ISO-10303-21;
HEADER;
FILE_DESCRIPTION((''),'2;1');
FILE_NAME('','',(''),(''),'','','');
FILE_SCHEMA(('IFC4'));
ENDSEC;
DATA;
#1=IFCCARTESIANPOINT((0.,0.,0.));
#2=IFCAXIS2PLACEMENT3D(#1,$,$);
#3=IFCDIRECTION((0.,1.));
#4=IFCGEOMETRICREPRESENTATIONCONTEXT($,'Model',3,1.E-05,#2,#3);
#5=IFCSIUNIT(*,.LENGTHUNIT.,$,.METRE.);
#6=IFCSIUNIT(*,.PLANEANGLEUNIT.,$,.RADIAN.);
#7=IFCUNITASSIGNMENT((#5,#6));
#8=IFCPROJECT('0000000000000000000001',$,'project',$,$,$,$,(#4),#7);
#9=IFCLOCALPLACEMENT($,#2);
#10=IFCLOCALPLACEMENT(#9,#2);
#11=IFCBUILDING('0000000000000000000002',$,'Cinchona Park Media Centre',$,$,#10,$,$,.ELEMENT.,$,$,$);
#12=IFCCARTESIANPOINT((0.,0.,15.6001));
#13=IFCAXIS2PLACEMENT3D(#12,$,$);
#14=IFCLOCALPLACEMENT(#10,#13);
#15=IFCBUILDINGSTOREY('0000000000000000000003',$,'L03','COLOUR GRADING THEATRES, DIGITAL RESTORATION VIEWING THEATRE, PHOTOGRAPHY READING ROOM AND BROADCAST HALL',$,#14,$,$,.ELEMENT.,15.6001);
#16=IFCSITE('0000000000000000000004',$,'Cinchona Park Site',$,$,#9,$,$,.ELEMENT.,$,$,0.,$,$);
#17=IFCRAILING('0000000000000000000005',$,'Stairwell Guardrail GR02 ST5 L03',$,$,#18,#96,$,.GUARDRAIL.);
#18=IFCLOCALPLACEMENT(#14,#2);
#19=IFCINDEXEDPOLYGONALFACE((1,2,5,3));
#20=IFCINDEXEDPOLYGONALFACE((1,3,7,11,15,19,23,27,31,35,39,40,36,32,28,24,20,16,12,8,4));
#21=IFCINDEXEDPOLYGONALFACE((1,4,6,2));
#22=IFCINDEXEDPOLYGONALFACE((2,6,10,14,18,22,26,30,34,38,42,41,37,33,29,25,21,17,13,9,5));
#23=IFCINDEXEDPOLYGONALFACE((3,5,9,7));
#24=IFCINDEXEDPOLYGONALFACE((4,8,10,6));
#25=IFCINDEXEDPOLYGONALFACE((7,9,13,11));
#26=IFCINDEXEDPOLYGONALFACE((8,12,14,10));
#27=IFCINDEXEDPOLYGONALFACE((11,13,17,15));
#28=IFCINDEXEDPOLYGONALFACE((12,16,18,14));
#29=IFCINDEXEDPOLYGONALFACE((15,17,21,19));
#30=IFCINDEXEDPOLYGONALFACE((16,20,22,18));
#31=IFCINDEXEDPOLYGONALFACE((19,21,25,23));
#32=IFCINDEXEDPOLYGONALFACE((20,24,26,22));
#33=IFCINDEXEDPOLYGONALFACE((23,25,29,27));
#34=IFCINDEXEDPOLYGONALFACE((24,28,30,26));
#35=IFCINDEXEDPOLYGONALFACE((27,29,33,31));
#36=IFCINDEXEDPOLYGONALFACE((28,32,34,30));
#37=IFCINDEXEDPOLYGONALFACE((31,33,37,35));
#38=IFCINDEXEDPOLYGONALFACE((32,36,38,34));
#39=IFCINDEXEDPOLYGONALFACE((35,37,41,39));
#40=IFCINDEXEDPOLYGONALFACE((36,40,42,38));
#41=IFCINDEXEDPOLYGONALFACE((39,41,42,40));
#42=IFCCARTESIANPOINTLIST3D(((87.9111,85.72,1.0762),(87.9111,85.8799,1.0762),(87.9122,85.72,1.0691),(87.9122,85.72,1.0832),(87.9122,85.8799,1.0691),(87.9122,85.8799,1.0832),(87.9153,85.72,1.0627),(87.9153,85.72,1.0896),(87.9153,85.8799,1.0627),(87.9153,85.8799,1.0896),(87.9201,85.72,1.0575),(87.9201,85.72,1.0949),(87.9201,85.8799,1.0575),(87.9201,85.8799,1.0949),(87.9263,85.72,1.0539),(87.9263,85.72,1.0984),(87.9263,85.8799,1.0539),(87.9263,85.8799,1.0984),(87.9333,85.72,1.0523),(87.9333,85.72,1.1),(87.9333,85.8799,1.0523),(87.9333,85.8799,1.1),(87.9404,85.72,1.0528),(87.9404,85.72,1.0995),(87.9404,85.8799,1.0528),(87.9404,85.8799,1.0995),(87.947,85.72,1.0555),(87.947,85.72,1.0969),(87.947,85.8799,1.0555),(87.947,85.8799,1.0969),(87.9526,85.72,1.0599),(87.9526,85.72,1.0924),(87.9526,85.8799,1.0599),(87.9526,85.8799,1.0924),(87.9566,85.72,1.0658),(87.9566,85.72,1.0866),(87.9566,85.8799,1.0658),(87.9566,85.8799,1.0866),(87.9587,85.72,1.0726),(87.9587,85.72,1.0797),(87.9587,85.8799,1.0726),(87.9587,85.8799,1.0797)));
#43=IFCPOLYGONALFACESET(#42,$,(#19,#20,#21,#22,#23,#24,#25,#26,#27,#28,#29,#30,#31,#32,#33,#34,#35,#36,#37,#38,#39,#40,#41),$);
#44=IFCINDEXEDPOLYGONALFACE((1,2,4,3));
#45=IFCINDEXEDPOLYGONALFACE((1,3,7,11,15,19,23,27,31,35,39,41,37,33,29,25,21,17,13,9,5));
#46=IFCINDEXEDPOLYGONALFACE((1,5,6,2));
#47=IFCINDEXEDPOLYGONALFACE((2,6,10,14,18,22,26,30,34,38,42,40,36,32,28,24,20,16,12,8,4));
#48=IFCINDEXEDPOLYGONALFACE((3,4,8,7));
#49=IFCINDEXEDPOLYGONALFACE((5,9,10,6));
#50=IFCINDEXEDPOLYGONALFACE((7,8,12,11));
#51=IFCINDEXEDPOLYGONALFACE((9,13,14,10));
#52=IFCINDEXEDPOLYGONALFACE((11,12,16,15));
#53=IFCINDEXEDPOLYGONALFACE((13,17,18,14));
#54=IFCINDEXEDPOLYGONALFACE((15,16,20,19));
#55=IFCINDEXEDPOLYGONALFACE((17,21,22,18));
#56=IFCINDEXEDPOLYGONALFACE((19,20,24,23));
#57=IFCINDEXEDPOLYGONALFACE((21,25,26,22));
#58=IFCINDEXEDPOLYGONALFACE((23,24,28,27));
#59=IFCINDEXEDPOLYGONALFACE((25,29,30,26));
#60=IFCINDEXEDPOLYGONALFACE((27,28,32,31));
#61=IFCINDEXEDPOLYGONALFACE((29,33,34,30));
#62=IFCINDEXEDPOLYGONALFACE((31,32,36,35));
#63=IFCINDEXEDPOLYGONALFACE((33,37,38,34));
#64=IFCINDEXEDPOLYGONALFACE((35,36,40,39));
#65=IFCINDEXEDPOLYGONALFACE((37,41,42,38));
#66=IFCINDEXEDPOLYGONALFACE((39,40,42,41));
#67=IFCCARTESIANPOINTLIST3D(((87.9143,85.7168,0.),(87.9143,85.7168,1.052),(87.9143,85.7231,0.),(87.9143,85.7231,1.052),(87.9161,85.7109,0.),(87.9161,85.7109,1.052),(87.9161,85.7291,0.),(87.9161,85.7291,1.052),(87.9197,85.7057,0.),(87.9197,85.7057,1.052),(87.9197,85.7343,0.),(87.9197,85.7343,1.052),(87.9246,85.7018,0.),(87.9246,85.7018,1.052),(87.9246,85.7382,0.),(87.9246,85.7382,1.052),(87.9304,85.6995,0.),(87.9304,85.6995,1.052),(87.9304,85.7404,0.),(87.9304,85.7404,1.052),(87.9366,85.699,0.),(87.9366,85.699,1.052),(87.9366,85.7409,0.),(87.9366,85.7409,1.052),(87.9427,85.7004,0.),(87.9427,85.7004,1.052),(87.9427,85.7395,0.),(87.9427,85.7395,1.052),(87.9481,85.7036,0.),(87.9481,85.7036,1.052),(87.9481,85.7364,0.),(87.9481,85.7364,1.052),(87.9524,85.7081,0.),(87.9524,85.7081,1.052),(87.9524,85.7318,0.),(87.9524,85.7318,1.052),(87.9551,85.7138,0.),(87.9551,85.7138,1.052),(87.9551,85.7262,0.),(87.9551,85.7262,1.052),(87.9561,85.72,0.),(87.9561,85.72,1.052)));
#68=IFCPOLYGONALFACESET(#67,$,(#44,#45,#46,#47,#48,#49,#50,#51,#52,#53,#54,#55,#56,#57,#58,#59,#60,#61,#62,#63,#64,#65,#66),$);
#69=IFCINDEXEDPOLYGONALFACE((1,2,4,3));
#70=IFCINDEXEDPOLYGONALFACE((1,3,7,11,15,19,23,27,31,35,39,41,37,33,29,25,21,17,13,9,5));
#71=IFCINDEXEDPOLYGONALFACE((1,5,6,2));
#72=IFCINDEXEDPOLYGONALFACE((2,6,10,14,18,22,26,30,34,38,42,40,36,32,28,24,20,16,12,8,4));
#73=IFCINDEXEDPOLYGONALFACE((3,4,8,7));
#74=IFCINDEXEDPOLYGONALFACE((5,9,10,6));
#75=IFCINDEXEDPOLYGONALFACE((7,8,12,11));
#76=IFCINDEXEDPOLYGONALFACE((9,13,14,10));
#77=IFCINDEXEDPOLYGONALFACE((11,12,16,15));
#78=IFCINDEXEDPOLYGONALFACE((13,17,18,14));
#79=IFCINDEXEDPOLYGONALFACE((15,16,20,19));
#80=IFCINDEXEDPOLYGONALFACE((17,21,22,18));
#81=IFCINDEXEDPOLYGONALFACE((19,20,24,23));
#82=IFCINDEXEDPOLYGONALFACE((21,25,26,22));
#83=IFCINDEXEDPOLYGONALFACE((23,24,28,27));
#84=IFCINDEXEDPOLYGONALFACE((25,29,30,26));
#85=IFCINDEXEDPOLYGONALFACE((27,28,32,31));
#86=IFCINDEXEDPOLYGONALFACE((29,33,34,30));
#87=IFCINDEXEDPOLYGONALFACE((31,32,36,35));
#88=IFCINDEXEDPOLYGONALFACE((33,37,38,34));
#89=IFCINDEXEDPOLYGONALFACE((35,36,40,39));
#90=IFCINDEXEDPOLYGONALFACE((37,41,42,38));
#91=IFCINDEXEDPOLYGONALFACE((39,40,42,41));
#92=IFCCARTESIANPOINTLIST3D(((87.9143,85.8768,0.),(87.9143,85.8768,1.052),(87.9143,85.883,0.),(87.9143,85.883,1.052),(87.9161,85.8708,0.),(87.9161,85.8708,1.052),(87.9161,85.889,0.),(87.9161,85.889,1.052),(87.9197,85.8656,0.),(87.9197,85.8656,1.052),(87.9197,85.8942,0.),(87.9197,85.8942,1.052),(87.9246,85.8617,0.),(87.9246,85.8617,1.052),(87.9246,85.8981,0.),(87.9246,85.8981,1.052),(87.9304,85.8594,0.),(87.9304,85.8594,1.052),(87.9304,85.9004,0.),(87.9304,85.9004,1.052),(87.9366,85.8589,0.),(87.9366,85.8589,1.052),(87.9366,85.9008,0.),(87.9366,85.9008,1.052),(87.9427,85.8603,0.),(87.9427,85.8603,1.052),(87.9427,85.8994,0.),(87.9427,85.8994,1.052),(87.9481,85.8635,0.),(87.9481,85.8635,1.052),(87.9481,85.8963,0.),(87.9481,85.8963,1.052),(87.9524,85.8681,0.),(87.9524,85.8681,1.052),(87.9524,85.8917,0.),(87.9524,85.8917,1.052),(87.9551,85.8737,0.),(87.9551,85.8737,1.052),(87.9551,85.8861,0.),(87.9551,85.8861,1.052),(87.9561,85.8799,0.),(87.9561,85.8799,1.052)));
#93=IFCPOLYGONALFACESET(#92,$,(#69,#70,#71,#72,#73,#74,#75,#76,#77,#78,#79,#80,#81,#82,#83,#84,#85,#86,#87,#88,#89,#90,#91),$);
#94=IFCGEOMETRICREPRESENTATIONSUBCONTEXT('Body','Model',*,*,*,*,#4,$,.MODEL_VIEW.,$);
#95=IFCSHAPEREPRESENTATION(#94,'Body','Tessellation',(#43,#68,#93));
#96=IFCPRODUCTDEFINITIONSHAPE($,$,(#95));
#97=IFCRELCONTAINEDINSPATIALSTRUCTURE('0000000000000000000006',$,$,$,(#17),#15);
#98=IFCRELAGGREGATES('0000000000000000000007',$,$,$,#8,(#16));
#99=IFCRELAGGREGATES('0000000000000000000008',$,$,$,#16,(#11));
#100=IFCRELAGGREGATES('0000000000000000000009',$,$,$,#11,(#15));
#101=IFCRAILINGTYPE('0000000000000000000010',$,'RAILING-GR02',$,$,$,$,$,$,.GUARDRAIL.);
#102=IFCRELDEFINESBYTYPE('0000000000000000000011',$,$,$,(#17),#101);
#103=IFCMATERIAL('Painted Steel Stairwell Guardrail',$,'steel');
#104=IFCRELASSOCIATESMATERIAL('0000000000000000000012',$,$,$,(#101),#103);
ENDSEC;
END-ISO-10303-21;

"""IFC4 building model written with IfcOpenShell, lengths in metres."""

from ifc_helpers import new_model, si_unit, direction, frame, origin, origin_2d, place, context, subcontext, project, spatial, circle, extrude, material, type_object, element, save


model = new_model("IFC4")

# Units and contexts
model_context = context("Model", 3, precision=1e-05, world=origin(), true_north=direction((0.0, 1.0)))
body_context = subcontext(model_context, "Body", "Model", "MODEL_VIEW")
ifc_project = project(units=[si_unit("LENGTHUNIT", "METRE"), si_unit("PLANEANGLEUNIT", "RADIAN")], contexts=[model_context])

# Site, building, storey
site_placement = place(None, origin())
site = spatial("IfcSite", under=ifc_project, at=site_placement, Name="Cinchona Park Site", CompositionType="ELEMENT", RefElevation=0.0)
building_placement = place(site_placement, origin())
building = spatial("IfcBuilding", under=site, at=building_placement, Name="Cinchona Park Media Centre", CompositionType="ELEMENT")
storey_placement = place(building_placement, frame((0.0, 0.0, 15.6001)))
storey = spatial("IfcBuildingStorey", under=building, at=storey_placement, Name="L03", Description="COLOUR GRADING THEATRES, DIGITAL RESTORATION VIEWING THEATRE, PHOTOGRAPHY READING ROOM AND BROADCAST HALL", CompositionType="ELEMENT", Elevation=15.6001)

# Railing
ifc_material_1 = material(Name="Painted Steel Stairwell Guardrail", Category="steel")
railing_type_1 = type_object("IfcRailingType", Name="RAILING-GR02", PredefinedType="GUARDRAIL", material=ifc_material_1)
railing_1_placement = place(storey_placement, frame((87.9351, 85.72, 0.0)))
element("IfcRailing", 1, at=railing_1_placement, inside=storey, type_object=railing_type_1, Name="Stairwell Guardrail GR02 ST5 L03", PredefinedType="GUARDRAIL", context=body_context, shape_type="SweptSolid", body=[
    extrude(circle(Radius=0.0239, at=origin_2d()), frame((0.0, 0.0, 1.0762), z_axis=(0.0, 1.0, 0.0), x_axis=(-1.0, 0.0, 0.0)), (0.0, 0.0, 1.0), 0.1599),
    extrude(circle(Radius=0.021, at=origin_2d()), origin(), (0.0, 0.0, 1.0), 1.052),
    extrude(circle(Radius=0.021, at=origin_2d()), frame((0.0, 0.1599, 0.0)), (0.0, 0.0, 1.0), 1.052),
])

save(model, "model.ifc")
